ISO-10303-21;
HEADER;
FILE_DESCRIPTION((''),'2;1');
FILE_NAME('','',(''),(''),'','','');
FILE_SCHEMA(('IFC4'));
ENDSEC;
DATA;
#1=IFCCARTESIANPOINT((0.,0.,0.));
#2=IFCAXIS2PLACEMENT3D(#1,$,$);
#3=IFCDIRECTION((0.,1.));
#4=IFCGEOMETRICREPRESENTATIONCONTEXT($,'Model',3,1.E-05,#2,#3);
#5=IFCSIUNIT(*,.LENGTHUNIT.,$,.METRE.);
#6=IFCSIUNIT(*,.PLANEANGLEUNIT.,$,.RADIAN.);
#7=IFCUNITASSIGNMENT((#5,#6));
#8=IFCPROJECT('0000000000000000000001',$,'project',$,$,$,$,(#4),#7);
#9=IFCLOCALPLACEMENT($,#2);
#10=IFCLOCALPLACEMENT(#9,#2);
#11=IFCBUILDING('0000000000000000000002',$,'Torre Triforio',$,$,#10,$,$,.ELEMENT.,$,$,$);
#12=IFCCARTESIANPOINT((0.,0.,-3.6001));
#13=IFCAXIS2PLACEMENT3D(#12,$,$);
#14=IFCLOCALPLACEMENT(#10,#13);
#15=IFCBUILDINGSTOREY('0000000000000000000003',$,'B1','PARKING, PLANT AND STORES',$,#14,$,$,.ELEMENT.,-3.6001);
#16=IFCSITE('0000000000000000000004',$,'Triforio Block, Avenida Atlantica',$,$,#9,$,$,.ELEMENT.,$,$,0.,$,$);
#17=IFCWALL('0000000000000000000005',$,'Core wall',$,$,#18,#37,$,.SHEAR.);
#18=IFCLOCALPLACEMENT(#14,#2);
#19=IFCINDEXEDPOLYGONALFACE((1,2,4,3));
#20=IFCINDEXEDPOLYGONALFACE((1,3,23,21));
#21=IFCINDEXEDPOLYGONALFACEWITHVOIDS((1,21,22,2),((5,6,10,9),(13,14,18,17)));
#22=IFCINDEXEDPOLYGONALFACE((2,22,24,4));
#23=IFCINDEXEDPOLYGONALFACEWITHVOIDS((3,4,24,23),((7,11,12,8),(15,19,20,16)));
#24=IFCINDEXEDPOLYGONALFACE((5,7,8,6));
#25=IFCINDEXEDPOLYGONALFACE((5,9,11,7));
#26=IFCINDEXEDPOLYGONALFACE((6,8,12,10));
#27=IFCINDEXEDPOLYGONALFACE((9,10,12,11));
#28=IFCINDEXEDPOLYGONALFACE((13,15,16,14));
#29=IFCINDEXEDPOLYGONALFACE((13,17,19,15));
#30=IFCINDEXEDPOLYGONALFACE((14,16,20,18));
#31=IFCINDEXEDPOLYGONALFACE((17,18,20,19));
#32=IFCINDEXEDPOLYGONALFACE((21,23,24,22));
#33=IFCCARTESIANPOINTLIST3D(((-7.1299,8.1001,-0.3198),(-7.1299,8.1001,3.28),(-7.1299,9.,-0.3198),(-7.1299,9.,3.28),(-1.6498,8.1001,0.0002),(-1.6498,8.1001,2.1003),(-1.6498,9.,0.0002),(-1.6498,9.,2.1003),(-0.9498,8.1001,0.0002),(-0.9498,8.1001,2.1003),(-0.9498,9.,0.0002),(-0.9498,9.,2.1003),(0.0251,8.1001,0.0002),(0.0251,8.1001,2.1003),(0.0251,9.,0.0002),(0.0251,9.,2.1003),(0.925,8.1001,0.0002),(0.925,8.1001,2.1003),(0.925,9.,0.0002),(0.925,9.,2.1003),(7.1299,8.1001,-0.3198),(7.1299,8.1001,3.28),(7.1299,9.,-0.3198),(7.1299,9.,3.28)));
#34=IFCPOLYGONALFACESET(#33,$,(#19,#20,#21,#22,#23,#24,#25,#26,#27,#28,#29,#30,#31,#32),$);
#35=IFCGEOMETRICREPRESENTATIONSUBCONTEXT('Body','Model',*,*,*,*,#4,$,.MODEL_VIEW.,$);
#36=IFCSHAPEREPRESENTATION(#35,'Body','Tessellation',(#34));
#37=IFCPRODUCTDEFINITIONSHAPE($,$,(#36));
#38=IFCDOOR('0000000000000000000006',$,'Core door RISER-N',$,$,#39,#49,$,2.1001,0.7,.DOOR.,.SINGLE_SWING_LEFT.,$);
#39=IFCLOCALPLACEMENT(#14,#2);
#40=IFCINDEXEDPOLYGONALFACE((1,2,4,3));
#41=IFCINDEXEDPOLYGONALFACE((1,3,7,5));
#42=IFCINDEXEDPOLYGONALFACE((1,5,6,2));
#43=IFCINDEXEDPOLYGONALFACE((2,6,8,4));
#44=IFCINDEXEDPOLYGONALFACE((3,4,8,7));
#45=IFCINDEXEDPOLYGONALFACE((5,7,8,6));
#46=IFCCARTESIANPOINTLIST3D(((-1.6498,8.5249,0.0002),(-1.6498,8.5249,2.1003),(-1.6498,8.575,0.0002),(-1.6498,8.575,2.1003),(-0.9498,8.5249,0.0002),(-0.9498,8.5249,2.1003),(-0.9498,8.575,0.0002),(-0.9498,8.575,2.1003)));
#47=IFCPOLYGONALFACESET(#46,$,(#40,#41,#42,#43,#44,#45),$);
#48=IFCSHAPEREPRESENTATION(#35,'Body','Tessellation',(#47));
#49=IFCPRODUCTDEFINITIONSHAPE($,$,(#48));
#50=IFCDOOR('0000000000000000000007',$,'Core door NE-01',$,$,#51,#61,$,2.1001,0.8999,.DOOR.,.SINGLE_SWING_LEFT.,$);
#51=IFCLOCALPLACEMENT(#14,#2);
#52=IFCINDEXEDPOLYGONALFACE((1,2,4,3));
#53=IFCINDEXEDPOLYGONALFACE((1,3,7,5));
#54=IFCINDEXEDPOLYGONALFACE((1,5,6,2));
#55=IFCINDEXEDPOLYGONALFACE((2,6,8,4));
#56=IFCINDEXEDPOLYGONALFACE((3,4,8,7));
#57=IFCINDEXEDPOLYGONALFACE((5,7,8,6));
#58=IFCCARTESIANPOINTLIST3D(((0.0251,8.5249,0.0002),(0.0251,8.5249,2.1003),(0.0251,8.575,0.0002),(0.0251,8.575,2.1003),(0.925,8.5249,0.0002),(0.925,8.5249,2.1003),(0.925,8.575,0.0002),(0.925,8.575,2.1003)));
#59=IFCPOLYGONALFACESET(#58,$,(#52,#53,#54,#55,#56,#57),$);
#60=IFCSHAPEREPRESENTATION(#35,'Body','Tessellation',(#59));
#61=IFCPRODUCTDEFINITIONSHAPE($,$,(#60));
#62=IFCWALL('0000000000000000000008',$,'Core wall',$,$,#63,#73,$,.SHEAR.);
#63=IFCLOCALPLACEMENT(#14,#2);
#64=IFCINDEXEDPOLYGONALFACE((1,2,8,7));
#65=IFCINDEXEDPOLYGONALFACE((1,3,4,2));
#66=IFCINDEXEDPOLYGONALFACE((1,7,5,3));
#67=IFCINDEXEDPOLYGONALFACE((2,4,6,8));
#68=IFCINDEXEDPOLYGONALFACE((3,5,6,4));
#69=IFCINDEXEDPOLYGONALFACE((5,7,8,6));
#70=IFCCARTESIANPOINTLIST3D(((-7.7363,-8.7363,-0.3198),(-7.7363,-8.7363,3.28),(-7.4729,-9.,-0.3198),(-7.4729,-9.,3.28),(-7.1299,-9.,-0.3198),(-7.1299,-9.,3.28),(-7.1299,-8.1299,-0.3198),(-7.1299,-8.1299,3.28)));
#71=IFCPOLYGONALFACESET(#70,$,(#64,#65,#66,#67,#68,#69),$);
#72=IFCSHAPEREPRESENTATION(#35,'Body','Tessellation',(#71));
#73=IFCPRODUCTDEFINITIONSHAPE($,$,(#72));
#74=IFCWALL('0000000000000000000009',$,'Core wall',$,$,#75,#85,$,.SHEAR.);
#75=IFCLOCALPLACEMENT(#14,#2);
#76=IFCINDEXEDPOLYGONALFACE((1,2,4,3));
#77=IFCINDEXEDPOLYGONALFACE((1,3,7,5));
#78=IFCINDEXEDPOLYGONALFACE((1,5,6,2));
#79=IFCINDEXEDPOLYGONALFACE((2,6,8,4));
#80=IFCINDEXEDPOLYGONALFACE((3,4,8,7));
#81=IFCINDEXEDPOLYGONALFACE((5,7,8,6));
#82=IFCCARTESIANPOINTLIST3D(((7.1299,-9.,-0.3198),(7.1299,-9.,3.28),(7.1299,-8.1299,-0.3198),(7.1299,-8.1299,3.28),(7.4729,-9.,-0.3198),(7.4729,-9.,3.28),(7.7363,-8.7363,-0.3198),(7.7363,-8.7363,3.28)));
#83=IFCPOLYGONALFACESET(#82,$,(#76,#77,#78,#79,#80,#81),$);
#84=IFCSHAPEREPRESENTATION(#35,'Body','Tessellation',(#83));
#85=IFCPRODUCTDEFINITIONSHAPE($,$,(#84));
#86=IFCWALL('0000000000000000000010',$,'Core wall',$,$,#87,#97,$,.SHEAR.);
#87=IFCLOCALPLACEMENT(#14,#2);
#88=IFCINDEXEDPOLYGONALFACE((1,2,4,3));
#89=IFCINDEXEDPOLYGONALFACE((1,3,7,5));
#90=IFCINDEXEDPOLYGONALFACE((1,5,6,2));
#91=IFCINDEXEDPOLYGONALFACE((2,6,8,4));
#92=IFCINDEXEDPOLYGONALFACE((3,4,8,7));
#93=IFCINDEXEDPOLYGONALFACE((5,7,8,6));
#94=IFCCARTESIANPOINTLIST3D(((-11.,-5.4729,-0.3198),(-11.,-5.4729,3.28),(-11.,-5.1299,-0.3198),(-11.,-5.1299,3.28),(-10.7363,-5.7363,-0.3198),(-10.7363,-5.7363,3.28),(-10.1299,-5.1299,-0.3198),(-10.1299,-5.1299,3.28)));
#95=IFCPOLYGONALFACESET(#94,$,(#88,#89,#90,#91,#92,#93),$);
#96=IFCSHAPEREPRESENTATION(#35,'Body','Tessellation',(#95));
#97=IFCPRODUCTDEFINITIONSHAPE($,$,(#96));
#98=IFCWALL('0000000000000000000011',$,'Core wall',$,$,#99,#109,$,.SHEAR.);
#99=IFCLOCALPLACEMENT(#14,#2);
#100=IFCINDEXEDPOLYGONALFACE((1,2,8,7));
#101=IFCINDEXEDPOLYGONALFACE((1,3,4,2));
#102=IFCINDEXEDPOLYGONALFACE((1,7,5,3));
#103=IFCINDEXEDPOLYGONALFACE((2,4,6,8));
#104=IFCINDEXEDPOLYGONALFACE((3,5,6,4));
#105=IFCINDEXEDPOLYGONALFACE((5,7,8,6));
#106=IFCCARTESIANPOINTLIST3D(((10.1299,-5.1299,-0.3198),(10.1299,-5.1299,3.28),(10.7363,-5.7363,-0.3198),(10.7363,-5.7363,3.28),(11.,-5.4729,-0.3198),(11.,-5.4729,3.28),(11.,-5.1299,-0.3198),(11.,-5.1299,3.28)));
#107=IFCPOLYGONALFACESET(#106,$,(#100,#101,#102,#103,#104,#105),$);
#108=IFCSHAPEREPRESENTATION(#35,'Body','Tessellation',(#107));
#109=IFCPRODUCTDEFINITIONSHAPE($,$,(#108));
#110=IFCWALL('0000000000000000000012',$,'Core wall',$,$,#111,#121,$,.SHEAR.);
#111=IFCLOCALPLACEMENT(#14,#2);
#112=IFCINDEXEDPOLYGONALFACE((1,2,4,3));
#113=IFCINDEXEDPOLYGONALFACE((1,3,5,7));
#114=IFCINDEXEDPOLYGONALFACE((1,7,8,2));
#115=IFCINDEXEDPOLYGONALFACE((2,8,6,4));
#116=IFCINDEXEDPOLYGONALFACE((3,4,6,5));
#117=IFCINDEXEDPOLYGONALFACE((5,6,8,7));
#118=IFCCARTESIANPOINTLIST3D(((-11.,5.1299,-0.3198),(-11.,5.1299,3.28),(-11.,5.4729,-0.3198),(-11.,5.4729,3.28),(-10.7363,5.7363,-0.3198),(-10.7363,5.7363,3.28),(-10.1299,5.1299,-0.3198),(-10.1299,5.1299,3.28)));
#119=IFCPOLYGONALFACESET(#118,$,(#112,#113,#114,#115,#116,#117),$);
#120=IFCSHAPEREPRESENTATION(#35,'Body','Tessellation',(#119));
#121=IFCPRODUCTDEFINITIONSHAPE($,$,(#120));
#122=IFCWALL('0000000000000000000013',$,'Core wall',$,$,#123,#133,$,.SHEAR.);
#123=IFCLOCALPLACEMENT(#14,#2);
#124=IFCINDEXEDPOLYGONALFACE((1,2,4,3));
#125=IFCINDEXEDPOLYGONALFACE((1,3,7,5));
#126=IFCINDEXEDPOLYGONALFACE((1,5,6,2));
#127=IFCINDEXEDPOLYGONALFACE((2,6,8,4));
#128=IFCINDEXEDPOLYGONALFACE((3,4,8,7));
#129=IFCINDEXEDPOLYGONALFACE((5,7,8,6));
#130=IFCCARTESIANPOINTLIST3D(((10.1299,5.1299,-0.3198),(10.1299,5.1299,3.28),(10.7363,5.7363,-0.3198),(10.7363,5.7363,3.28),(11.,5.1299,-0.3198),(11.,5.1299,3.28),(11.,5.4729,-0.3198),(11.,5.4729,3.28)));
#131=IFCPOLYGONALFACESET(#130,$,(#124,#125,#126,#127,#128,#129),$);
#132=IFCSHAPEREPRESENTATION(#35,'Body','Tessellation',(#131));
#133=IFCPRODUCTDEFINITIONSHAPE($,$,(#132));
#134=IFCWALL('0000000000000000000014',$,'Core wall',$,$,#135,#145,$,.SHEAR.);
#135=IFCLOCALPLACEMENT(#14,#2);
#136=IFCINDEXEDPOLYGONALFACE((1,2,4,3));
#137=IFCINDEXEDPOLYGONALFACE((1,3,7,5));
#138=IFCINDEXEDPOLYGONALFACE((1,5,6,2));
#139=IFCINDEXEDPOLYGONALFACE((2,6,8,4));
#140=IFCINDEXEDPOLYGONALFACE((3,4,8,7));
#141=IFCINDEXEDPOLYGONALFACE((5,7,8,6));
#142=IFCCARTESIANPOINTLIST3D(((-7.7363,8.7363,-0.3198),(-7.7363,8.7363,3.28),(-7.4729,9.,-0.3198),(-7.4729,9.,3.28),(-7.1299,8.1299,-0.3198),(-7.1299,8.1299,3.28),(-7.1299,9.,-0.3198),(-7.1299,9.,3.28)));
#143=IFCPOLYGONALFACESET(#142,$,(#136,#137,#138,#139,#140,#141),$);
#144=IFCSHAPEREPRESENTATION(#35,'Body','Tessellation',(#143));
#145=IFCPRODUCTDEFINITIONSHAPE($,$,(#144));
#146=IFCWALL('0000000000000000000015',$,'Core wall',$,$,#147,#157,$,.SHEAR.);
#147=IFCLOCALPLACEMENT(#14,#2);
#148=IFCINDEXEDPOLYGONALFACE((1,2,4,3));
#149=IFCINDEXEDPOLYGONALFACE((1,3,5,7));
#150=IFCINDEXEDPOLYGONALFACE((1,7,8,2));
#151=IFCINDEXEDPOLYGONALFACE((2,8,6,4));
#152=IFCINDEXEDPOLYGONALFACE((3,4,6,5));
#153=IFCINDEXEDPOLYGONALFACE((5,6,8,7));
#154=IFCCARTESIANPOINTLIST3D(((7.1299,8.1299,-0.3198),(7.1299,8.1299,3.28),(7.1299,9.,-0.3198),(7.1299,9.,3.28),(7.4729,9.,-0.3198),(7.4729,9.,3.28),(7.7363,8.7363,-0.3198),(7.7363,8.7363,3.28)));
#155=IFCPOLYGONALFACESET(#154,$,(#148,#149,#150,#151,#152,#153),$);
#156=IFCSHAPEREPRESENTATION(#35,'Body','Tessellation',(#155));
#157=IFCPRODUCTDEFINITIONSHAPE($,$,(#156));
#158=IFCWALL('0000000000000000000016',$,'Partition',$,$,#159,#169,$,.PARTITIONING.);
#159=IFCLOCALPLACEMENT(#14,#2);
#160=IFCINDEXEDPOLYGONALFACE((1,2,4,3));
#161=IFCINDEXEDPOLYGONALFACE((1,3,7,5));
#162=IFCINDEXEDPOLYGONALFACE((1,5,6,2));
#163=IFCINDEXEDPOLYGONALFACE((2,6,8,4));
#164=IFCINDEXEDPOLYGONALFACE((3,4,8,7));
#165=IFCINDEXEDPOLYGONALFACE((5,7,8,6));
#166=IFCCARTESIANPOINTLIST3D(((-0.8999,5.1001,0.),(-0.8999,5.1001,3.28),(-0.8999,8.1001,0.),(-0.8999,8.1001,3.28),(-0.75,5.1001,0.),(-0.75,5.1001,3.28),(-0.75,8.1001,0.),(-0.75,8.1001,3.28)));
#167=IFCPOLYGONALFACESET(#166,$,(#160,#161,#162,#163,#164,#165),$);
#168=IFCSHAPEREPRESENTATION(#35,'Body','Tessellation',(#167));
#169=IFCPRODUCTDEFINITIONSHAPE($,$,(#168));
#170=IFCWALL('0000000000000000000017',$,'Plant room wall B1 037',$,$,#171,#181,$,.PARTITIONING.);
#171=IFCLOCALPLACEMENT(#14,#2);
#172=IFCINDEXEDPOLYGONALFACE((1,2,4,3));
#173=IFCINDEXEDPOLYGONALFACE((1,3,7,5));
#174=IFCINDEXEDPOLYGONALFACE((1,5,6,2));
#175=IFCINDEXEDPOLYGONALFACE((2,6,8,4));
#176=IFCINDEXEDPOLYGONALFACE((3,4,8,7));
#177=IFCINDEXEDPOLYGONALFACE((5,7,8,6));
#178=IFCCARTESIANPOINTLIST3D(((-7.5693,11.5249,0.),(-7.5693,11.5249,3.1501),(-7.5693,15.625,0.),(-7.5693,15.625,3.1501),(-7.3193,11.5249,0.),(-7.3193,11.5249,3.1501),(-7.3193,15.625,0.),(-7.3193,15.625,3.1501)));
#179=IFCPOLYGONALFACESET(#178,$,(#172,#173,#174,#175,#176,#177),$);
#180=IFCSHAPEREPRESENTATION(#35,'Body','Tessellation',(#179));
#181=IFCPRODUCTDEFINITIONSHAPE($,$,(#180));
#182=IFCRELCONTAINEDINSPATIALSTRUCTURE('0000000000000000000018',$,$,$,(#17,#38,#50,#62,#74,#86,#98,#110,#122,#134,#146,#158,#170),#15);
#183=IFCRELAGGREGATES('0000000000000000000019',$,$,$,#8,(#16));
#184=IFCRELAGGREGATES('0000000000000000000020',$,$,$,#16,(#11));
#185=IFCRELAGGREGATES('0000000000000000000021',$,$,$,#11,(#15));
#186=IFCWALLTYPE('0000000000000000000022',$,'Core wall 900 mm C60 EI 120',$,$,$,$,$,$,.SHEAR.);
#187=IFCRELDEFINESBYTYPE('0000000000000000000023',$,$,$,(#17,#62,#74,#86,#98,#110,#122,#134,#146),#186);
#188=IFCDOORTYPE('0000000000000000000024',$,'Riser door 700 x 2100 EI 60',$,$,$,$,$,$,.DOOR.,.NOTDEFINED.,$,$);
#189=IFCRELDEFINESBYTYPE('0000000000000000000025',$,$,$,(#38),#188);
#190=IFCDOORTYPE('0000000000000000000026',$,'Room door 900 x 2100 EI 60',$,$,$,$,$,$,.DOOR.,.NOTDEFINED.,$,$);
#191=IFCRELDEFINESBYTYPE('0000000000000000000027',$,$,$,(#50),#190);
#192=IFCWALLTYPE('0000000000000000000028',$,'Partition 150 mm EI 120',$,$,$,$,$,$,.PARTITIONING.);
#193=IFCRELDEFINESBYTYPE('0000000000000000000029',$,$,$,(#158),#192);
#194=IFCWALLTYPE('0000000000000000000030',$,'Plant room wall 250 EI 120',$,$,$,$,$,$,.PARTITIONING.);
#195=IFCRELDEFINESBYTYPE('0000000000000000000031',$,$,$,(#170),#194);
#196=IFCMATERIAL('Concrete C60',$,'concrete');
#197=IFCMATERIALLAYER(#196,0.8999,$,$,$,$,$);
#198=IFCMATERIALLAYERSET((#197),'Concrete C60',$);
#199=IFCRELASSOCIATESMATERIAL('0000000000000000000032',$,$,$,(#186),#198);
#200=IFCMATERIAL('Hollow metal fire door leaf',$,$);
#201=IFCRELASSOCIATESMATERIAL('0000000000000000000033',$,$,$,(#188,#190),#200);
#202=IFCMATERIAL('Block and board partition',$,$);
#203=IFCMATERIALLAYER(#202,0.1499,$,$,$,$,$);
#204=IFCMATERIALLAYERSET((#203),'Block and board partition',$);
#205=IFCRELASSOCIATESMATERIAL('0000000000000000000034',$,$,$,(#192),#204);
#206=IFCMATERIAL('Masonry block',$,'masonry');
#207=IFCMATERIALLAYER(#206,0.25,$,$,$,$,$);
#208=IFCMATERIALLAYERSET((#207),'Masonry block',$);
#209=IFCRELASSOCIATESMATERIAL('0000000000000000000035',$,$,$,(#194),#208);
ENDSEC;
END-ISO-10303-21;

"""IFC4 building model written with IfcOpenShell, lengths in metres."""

from ifc_helpers import new_model, si_unit, direction, frame, frame_2d, origin, place, context, subcontext, project, spatial, polyline, rectangle, outline, extrude, material, layer, layer_set, type_object, element, fill, save


model = new_model("IFC4")

# Units and contexts
model_context = context("Model", 3, precision=1e-05, world=origin(), true_north=direction((0.0, 1.0)))
body_context = subcontext(model_context, "Body", "Model", "MODEL_VIEW")
ifc_project = project(units=[si_unit("LENGTHUNIT", "METRE"), si_unit("PLANEANGLEUNIT", "RADIAN")], contexts=[model_context])

# Site, building, storey
site_placement = place(None, origin())
site = spatial("IfcSite", under=ifc_project, at=site_placement, Name="Triforio Block, Avenida Atlantica", CompositionType="ELEMENT", RefElevation=0.0)
building_placement = place(site_placement, origin())
building = spatial("IfcBuilding", under=site, at=building_placement, Name="Torre Triforio", CompositionType="ELEMENT")
storey_placement = place(building_placement, frame((0.0, 0.0, -3.6001)))
storey = spatial("IfcBuildingStorey", under=building, at=storey_placement, Name="B1", Description="PARKING, PLANT AND STORES", CompositionType="ELEMENT", Elevation=-3.6001)

# Shared definitions
ifc_material_1 = material(Name="Concrete C60", Category="concrete")

# Wall, openings, doors
ifc_layer_1 = layer(ifc_material_1, 0.8999)
ifc_layer_set_1 = layer_set([ifc_layer_1], Name="Concrete C60")
wall_type_1 = type_object("IfcWallType", Name="Core wall 900 mm C60 EI 120", PredefinedType="SHEAR", material=ifc_layer_set_1)
wall_1_placement = place(storey_placement, frame((-7.1299, 8.55, -0.3198), z_axis=(0.0, 0.0, 1.0), x_axis=(1.0, 0.0, 0.0)))
wall_1 = element("IfcWall", 1, at=wall_1_placement, inside=storey, type_object=wall_type_1, Name="Core wall", PredefinedType="SHEAR", context=body_context, shape_type="SweptSolid", body=[
    extrude(rectangle(XDim=14.2598, YDim=0.8999, at=frame_2d((7.1299, 0.0))), origin(), (0.0, 0.0, 1.0), 3.5999),
])
opening_1_placement = place(wall_1_placement, frame((5.48, 0.0, 0.3201)))
opening_1 = element("IfcOpeningElement", 2, at=opening_1_placement, cuts=wall_1, PredefinedType="OPENING", context=body_context, shape_type="SweptSolid", body=[
    extrude(rectangle(XDim=0.7, YDim=2.1001, at=frame_2d((0.3501, 1.05))), frame((0.0, 0.46, 0.0), z_axis=(0.0, -1.0, 0.0), x_axis=(1.0, 0.0, 0.0)), (0.0, 0.0, 1.0), 0.9199),
])
opening_2_placement = place(wall_1_placement, frame((7.155, 0.0, 0.3201)))
opening_2 = element("IfcOpeningElement", 3, at=opening_2_placement, cuts=wall_1, PredefinedType="OPENING", context=body_context, shape_type="SweptSolid", body=[
    extrude(rectangle(XDim=0.8999, YDim=2.1001, at=frame_2d((0.45, 1.05))), frame((0.0, 0.46, 0.0), z_axis=(0.0, -1.0, 0.0), x_axis=(1.0, 0.0, 0.0)), (0.0, 0.0, 1.0), 0.9199),
])
ifc_material_2 = material(Name="Hollow metal fire door leaf")
door_type_1 = type_object("IfcDoorType", Name="Riser door 700 x 2100 EI 60", OperationType="NOTDEFINED", PredefinedType="DOOR", material=ifc_material_2)
door_1_placement = place(opening_1_placement, origin())
door_1 = element("IfcDoor", 4, at=door_1_placement, inside=storey, type_object=door_type_1, Name="Core door RISER-N", OperationType="SINGLE_SWING_LEFT", OverallHeight=2.1001, OverallWidth=0.7, PredefinedType="DOOR", context=body_context, shape_type="SweptSolid", body=[
    extrude(rectangle(XDim=0.7, YDim=2.1001, at=frame_2d((0.3501, 1.05))), frame((0.0, 0.0249, 0.0), z_axis=(0.0, -1.0, 0.0), x_axis=(1.0, 0.0, 0.0)), (0.0, 0.0, 1.0), 0.05),
])
fill(opening_1, door_1)
door_type_2 = type_object("IfcDoorType", Name="Room door 900 x 2100 EI 60", OperationType="NOTDEFINED", PredefinedType="DOOR", material=ifc_material_2)
door_2_placement = place(opening_2_placement, origin())
door_2 = element("IfcDoor", 5, at=door_2_placement, inside=storey, type_object=door_type_2, Name="Core door NE-01", OperationType="SINGLE_SWING_LEFT", OverallHeight=2.1001, OverallWidth=0.8999, PredefinedType="DOOR", context=body_context, shape_type="SweptSolid", body=[
    extrude(rectangle(XDim=0.8999, YDim=2.1001, at=frame_2d((0.45, 1.05))), frame((0.0, 0.0249, 0.0), z_axis=(0.0, -1.0, 0.0), x_axis=(1.0, 0.0, 0.0)), (0.0, 0.0, 1.0), 0.05),
])
fill(opening_2, door_2)

# Walls
wall_2_placement = place(storey_placement, frame((0.0, 0.0, -0.3198)))
element("IfcWall", 6, at=wall_2_placement, inside=storey, type_object=wall_type_1, Name="Core wall", PredefinedType="SHEAR", context=body_context, shape_type="SweptSolid", body=[
    extrude(outline(polyline([(-7.4729, -9.0), (-7.7363, -8.7363), (-7.1299, -8.1299), (-7.1299, -9.0), (-7.4729, -9.0)])), origin(), (0.0, 0.0, 1.0), 3.5999),
])
wall_3_placement = place(storey_placement, frame((0.0, 0.0, -0.3198)))
element("IfcWall", 7, at=wall_3_placement, inside=storey, type_object=wall_type_1, Name="Core wall", PredefinedType="SHEAR", context=body_context, shape_type="SweptSolid", body=[
    extrude(outline(polyline([(7.4729, -9.0), (7.1299, -9.0), (7.1299, -8.1299), (7.7363, -8.7363), (7.4729, -9.0)])), origin(), (0.0, 0.0, 1.0), 3.5999),
])
wall_4_placement = place(storey_placement, frame((0.0, 0.0, -0.3198)))
element("IfcWall", 8, at=wall_4_placement, inside=storey, type_object=wall_type_1, Name="Core wall", PredefinedType="SHEAR", context=body_context, shape_type="SweptSolid", body=[
    extrude(outline(polyline([(-11.0, -5.4729), (-11.0, -5.1299), (-10.1299, -5.1299), (-10.7363, -5.7363), (-11.0, -5.4729)])), origin(), (0.0, 0.0, 1.0), 3.5999),
])
wall_5_placement = place(storey_placement, frame((0.0, 0.0, -0.3198)))
element("IfcWall", 9, at=wall_5_placement, inside=storey, type_object=wall_type_1, Name="Core wall", PredefinedType="SHEAR", context=body_context, shape_type="SweptSolid", body=[
    extrude(outline(polyline([(11.0, -5.4729), (10.7363, -5.7363), (10.1299, -5.1299), (11.0, -5.1299), (11.0, -5.4729)])), origin(), (0.0, 0.0, 1.0), 3.5999),
])
wall_6_placement = place(storey_placement, frame((0.0, 0.0, -0.3198)))
element("IfcWall", 10, at=wall_6_placement, inside=storey, type_object=wall_type_1, Name="Core wall", PredefinedType="SHEAR", context=body_context, shape_type="SweptSolid", body=[
    extrude(outline(polyline([(-10.7363, 5.7363), (-10.1299, 5.1299), (-11.0, 5.1299), (-11.0, 5.4729), (-10.7363, 5.7363)])), origin(), (0.0, 0.0, 1.0), 3.5999),
])
wall_7_placement = place(storey_placement, frame((0.0, 0.0, -0.3198)))
element("IfcWall", 11, at=wall_7_placement, inside=storey, type_object=wall_type_1, Name="Core wall", PredefinedType="SHEAR", context=body_context, shape_type="SweptSolid", body=[
    extrude(outline(polyline([(11.0, 5.4729), (11.0, 5.1299), (10.1299, 5.1299), (10.7363, 5.7363), (11.0, 5.4729)])), origin(), (0.0, 0.0, 1.0), 3.5999),
])
wall_8_placement = place(storey_placement, frame((0.0, 0.0, -0.3198)))
element("IfcWall", 12, at=wall_8_placement, inside=storey, type_object=wall_type_1, Name="Core wall", PredefinedType="SHEAR", context=body_context, shape_type="SweptSolid", body=[
    extrude(outline(polyline([(-7.4729, 9.0), (-7.1299, 9.0), (-7.1299, 8.1299), (-7.7363, 8.7363), (-7.4729, 9.0)])), origin(), (0.0, 0.0, 1.0), 3.5999),
])
wall_9_placement = place(storey_placement, frame((0.0, 0.0, -0.3198)))
element("IfcWall", 13, at=wall_9_placement, inside=storey, type_object=wall_type_1, Name="Core wall", PredefinedType="SHEAR", context=body_context, shape_type="SweptSolid", body=[
    extrude(outline(polyline([(7.4729, 9.0), (7.7363, 8.7363), (7.1299, 8.1299), (7.1299, 9.0), (7.4729, 9.0)])), origin(), (0.0, 0.0, 1.0), 3.5999),
])
ifc_material_3 = material(Name="Block and board partition")
ifc_layer_2 = layer(ifc_material_3, 0.1499)
ifc_layer_set_2 = layer_set([ifc_layer_2], Name="Block and board partition")
wall_type_2 = type_object("IfcWallType", Name="Partition 150 mm EI 120", PredefinedType="PARTITIONING", material=ifc_layer_set_2)
wall_10_placement = place(storey_placement, frame((-0.825, 5.1001, 0.0), z_axis=(0.0, 0.0, 1.0), x_axis=(0.0, 1.0, 0.0)))
element("IfcWall", 14, at=wall_10_placement, inside=storey, type_object=wall_type_2, Name="Partition", PredefinedType="PARTITIONING", context=body_context, shape_type="SweptSolid", body=[
    extrude(rectangle(XDim=3.0, YDim=0.1499, at=frame_2d((1.5, 0.0))), origin(), (0.0, 0.0, 1.0), 3.28),
])
ifc_material_4 = material(Name="Masonry block", Category="masonry")
ifc_layer_3 = layer(ifc_material_4, 0.25)
ifc_layer_set_3 = layer_set([ifc_layer_3], Name="Masonry block")
wall_type_3 = type_object("IfcWallType", Name="Plant room wall 250 EI 120", PredefinedType="PARTITIONING", material=ifc_layer_set_3)
wall_11_placement = place(storey_placement, frame((-7.4443, 11.5249, 0.0), z_axis=(0.0, 0.0, 1.0), x_axis=(0.0, 1.0, 0.0)))
element("IfcWall", 15, at=wall_11_placement, inside=storey, type_object=wall_type_3, Name="Plant room wall B1 037", PredefinedType="PARTITIONING", context=body_context, shape_type="SweptSolid", body=[
    extrude(rectangle(XDim=4.1001, YDim=0.25, at=frame_2d((2.05, 0.0))), origin(), (0.0, 0.0, 1.0), 3.1501),
])

save(model, "model.ifc")
